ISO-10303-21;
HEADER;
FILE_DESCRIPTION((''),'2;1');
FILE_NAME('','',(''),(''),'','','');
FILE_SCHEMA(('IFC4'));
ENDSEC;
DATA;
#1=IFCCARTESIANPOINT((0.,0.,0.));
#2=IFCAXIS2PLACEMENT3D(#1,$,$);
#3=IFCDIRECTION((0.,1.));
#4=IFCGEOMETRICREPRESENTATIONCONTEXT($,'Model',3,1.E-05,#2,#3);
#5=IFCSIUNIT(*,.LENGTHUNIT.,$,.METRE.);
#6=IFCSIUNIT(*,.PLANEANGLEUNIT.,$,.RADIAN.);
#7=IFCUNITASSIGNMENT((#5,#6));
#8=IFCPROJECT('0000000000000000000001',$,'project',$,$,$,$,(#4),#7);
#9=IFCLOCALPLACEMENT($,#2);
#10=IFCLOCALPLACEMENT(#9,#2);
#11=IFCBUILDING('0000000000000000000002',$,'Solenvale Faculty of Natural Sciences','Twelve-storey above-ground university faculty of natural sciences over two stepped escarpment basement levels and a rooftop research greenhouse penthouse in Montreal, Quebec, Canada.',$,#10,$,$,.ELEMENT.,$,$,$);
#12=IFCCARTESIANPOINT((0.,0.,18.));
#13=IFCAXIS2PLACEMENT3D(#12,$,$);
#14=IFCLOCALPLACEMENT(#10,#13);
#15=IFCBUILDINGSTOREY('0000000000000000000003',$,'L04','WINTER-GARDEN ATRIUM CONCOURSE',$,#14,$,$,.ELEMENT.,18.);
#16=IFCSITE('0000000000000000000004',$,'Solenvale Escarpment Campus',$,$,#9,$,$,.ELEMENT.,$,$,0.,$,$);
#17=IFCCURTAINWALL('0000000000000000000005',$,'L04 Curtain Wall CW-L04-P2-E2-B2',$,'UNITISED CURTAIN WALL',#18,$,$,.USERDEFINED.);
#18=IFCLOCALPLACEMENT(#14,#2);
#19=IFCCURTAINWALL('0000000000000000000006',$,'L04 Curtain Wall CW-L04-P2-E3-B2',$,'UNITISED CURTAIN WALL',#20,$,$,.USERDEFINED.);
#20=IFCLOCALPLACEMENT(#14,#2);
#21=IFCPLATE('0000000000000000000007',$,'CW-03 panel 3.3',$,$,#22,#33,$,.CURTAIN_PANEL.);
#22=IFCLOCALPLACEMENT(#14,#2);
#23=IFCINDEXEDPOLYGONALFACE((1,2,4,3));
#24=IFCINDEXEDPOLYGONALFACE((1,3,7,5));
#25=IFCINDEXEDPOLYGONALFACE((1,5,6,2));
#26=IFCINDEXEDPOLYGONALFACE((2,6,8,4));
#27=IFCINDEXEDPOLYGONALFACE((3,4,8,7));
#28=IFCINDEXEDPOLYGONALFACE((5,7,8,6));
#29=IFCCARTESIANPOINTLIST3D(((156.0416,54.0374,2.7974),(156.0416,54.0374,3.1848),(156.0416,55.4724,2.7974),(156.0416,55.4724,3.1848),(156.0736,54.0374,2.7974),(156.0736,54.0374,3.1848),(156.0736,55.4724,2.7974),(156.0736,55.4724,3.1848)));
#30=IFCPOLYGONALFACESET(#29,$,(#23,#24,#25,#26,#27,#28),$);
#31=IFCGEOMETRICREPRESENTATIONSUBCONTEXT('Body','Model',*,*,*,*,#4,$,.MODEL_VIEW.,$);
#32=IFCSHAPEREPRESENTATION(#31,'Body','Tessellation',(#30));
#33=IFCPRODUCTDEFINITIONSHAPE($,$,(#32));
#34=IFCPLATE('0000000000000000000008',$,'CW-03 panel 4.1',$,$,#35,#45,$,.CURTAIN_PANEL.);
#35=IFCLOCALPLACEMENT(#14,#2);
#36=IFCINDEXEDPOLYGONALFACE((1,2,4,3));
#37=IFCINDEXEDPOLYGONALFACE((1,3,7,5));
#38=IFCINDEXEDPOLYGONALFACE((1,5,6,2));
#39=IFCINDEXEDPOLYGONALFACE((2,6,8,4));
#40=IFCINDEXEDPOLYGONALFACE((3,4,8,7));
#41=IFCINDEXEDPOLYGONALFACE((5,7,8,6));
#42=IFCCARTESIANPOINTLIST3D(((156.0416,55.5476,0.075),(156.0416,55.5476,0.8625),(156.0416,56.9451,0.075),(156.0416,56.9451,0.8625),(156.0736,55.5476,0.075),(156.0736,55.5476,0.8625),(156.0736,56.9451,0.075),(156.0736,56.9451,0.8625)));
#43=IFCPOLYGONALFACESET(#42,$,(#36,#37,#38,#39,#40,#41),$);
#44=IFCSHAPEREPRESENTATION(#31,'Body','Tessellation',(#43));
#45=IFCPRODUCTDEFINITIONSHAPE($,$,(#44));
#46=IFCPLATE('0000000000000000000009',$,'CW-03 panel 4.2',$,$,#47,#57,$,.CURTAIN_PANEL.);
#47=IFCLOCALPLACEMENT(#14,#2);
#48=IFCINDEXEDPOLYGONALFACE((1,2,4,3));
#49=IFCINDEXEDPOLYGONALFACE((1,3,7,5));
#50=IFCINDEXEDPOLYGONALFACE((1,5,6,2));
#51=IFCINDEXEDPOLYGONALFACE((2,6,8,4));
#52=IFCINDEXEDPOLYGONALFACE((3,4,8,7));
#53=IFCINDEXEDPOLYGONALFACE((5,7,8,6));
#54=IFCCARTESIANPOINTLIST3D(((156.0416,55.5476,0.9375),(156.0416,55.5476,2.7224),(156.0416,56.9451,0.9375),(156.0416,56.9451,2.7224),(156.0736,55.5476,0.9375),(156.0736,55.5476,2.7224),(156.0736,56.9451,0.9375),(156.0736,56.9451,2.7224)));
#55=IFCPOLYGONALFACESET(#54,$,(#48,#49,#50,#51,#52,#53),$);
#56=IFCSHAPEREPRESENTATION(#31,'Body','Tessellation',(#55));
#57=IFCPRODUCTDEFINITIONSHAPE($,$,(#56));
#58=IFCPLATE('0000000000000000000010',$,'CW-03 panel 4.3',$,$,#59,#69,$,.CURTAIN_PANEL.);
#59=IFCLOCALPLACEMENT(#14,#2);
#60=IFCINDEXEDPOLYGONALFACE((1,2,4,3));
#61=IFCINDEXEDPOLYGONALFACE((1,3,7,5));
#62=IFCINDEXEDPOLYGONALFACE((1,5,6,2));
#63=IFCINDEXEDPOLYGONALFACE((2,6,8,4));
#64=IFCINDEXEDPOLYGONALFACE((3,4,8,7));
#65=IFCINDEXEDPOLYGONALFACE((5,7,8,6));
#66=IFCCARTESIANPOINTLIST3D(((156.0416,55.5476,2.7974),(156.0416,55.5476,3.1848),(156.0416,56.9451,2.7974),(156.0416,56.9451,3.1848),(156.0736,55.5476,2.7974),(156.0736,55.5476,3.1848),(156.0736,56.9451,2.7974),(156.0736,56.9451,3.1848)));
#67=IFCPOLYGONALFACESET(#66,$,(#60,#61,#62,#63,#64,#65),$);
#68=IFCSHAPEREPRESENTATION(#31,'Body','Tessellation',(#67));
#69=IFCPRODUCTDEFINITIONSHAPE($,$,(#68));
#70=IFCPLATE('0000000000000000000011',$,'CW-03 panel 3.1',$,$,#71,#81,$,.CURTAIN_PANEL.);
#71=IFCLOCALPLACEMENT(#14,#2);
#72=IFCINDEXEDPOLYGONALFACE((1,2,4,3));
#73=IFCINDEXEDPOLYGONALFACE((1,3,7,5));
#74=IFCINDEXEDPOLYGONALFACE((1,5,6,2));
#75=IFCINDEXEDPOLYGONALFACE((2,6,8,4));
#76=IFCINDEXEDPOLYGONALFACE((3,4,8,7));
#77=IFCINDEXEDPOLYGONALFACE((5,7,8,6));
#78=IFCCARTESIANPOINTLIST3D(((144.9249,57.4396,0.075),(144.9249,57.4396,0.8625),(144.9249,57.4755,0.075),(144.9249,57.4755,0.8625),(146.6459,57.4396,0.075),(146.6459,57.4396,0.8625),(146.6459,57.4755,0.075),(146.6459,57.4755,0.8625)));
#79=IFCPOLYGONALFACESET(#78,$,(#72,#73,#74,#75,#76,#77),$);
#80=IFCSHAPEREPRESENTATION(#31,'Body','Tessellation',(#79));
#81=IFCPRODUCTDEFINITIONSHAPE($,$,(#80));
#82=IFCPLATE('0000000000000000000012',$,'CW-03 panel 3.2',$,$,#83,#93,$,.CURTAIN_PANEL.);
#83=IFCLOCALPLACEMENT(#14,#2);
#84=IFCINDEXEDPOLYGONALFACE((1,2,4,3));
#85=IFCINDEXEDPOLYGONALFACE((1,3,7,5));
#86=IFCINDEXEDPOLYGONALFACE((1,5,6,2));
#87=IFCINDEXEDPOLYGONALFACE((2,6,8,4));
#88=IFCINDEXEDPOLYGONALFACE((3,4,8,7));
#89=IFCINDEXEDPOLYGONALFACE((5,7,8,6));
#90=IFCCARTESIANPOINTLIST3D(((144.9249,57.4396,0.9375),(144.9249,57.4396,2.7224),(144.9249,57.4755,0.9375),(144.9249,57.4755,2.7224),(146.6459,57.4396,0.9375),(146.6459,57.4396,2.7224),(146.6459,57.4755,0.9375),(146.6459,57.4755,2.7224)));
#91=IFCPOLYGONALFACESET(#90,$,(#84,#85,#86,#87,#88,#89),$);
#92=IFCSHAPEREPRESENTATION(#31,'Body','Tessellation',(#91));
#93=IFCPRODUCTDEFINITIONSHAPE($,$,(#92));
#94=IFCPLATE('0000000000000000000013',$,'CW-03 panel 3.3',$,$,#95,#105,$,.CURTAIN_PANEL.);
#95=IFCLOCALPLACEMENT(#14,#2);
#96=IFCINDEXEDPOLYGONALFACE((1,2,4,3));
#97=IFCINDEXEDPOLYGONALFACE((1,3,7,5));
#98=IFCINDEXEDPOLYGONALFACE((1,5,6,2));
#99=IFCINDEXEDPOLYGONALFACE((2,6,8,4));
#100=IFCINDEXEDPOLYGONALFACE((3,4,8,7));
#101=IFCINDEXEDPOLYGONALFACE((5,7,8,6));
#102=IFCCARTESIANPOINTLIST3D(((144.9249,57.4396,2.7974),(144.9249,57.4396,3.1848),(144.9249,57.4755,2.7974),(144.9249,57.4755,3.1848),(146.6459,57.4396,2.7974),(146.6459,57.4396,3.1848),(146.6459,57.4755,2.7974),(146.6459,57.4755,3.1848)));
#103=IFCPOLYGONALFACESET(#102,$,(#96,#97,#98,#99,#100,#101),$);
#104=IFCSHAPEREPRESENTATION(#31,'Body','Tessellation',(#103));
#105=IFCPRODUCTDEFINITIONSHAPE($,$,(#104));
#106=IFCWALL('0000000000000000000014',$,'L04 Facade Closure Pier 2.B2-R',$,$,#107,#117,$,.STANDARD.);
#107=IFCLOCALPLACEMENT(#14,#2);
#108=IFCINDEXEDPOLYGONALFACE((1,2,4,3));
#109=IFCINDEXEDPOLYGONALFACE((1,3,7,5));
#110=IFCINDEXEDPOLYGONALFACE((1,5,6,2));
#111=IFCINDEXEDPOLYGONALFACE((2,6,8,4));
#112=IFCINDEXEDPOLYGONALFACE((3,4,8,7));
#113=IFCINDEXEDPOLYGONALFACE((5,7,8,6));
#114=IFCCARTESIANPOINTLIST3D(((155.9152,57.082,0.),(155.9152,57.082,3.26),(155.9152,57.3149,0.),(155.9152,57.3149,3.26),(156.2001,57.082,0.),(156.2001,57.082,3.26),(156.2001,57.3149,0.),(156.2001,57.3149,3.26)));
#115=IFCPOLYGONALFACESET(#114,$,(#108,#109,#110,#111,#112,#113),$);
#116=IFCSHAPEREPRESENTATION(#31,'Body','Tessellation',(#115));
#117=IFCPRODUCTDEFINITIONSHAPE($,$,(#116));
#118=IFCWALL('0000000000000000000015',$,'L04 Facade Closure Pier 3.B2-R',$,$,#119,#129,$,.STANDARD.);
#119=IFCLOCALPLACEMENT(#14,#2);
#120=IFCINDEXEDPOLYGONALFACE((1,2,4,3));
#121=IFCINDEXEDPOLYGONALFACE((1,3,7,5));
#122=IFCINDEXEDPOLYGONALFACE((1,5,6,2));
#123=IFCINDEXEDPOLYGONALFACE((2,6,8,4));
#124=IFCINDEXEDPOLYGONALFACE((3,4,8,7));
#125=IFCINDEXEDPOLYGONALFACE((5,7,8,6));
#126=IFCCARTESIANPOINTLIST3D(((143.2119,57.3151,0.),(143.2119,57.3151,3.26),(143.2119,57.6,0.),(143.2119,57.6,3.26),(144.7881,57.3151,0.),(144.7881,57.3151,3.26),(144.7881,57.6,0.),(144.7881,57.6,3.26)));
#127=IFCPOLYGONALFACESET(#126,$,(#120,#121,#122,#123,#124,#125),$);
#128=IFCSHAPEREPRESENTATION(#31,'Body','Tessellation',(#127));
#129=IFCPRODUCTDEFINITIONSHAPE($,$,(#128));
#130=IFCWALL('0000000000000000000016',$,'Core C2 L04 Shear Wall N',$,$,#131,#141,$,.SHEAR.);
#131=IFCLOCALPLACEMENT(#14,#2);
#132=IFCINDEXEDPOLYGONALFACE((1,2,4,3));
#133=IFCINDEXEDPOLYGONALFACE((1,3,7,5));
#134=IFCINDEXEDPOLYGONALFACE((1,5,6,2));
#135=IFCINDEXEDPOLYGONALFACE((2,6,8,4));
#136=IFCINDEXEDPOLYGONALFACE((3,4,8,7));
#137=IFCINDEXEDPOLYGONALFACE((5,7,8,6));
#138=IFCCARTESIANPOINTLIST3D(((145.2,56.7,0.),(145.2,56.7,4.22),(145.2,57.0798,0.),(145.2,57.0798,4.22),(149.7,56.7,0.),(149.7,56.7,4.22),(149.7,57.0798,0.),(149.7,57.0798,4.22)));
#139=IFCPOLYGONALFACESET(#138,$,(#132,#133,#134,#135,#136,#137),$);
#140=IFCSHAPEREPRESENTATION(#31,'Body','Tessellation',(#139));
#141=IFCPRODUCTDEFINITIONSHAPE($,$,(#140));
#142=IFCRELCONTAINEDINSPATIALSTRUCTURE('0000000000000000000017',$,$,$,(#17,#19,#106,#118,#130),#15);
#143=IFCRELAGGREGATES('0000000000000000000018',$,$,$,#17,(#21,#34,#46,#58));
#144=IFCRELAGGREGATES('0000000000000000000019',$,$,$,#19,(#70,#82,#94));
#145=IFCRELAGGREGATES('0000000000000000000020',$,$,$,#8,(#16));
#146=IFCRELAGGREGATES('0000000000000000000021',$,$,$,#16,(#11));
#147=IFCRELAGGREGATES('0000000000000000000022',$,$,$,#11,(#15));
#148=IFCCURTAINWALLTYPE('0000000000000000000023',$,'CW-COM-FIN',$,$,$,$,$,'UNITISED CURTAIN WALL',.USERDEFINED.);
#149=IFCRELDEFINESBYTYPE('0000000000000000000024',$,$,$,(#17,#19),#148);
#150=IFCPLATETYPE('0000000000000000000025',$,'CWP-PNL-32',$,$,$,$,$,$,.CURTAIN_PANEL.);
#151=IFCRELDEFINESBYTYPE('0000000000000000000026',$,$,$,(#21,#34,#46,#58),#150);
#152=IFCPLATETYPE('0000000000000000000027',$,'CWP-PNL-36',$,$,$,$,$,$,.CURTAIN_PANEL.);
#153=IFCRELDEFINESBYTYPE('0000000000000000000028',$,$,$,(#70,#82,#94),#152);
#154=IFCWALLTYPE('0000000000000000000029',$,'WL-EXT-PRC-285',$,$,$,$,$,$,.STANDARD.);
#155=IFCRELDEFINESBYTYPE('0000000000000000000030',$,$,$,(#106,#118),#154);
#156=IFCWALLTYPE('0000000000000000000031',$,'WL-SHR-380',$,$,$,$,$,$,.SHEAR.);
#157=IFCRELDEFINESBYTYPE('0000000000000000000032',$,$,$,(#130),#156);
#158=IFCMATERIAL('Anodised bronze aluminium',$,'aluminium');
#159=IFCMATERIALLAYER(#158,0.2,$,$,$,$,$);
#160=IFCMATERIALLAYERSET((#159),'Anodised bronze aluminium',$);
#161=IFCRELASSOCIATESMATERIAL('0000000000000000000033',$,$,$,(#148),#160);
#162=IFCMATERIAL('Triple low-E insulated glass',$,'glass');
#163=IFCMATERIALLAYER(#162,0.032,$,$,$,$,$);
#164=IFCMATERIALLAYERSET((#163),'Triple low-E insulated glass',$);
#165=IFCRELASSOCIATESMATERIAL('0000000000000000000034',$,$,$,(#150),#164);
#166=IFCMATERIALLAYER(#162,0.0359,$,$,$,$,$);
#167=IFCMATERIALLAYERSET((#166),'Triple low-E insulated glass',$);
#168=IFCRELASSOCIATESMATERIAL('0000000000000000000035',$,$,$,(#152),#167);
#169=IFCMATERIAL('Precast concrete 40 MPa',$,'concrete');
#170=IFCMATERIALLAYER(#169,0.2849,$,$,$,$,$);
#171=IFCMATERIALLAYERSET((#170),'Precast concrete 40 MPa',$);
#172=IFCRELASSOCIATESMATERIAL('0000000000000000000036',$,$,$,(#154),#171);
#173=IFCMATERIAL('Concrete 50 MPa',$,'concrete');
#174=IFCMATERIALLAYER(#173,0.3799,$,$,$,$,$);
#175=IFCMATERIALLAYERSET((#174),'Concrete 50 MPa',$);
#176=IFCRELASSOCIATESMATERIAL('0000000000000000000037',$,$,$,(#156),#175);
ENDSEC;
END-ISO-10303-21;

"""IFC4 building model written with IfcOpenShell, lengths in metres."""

from ifc_helpers import new_model, si_unit, direction, frame, frame_2d, origin, origin_2d, place, context, subcontext, project, spatial, rectangle, extrude, material, layer, layer_set, type_object, element, aggregate, save


model = new_model("IFC4")

# Units and contexts
model_context = context("Model", 3, precision=1e-05, world=origin(), true_north=direction((0.0, 1.0)))
body_context = subcontext(model_context, "Body", "Model", "MODEL_VIEW")
ifc_project = project(units=[si_unit("LENGTHUNIT", "METRE"), si_unit("PLANEANGLEUNIT", "RADIAN")], contexts=[model_context])

# Site, building, storey
site_placement = place(None, origin())
site = spatial("IfcSite", under=ifc_project, at=site_placement, Name="Solenvale Escarpment Campus", CompositionType="ELEMENT", RefElevation=0.0)
building_placement = place(site_placement, origin())
building = spatial("IfcBuilding", under=site, at=building_placement, Name="Solenvale Faculty of Natural Sciences", Description="Twelve-storey above-ground university faculty of natural sciences over two stepped escarpment basement levels and a rooftop research greenhouse penthouse in Montreal, Quebec, Canada.", CompositionType="ELEMENT")
storey_placement = place(building_placement, frame((0.0, 0.0, 18.0)))
storey = spatial("IfcBuildingStorey", under=building, at=storey_placement, Name="L04", Description="WINTER-GARDEN ATRIUM CONCOURSE", CompositionType="ELEMENT", Elevation=18.0)

# Curtain wall
ifc_material_1 = material(Name="Anodised bronze aluminium", Category="aluminium")
ifc_layer_1 = layer(ifc_material_1, 0.2)
ifc_layer_set_1 = layer_set([ifc_layer_1], Name="Anodised bronze aluminium")
curtain_wall_type = type_object("IfcCurtainWallType", Name="CW-COM-FIN", ElementType="UNITISED CURTAIN WALL", PredefinedType="USERDEFINED", material=ifc_layer_set_1)
curtain_wall_1_placement = place(storey_placement, origin())
curtain_wall_1 = element("IfcCurtainWall", 1, at=curtain_wall_1_placement, inside=storey, type_object=curtain_wall_type, Name="L04 Curtain Wall CW-L04-P2-E2-B2", ObjectType="UNITISED CURTAIN WALL", PredefinedType="USERDEFINED")

# Curtain wall
curtain_wall_2_placement = place(storey_placement, origin())
curtain_wall_2 = element("IfcCurtainWall", 2, at=curtain_wall_2_placement, inside=storey, type_object=curtain_wall_type, Name="L04 Curtain Wall CW-L04-P2-E3-B2", ObjectType="UNITISED CURTAIN WALL", PredefinedType="USERDEFINED")

# Plates
ifc_material_2 = material(Name="Triple low-E insulated glass", Category="glass")
ifc_layer_2 = layer(ifc_material_2, 0.032)
ifc_layer_set_2 = layer_set([ifc_layer_2], Name="Triple low-E insulated glass")
plate_type_1 = type_object("IfcPlateType", Name="CWP-PNL-32", PredefinedType="CURTAIN_PANEL", material=ifc_layer_set_2)
plate_1_placement = place(storey_placement, frame((156.0576, 54.7549, 2.7974), z_axis=(0.0, 0.0, 1.0), x_axis=(0.0, 1.0, 0.0)))
plate_1 = element("IfcPlate", 3, at=plate_1_placement, type_object=plate_type_1, Name="CW-03 panel 3.3", PredefinedType="CURTAIN_PANEL", context=body_context, shape_type="SweptSolid", body=[
    extrude(rectangle(XDim=1.4351, YDim=0.032, at=origin_2d()), origin(), (0.0, 0.0, 1.0), 0.3875),
])
plate_2_placement = place(storey_placement, frame((156.0576, 56.2463, 0.075), z_axis=(0.0, 0.0, 1.0), x_axis=(0.0, 1.0, 0.0)))
plate_2 = element("IfcPlate", 4, at=plate_2_placement, type_object=plate_type_1, Name="CW-03 panel 4.1", PredefinedType="CURTAIN_PANEL", context=body_context, shape_type="SweptSolid", body=[
    extrude(rectangle(XDim=1.3975, YDim=0.032, at=origin_2d()), origin(), (0.0, 0.0, 1.0), 0.7876),
])
plate_3_placement = place(storey_placement, frame((156.0576, 56.2463, 0.9375), z_axis=(0.0, 0.0, 1.0), x_axis=(0.0, 1.0, 0.0)))
plate_3 = element("IfcPlate", 5, at=plate_3_placement, type_object=plate_type_1, Name="CW-03 panel 4.2", PredefinedType="CURTAIN_PANEL", context=body_context, shape_type="SweptSolid", body=[
    extrude(rectangle(XDim=1.3975, YDim=0.032, at=origin_2d()), origin(), (0.0, 0.0, 1.0), 1.7849),
])
plate_4_placement = place(storey_placement, frame((156.0576, 56.2463, 2.7974), z_axis=(0.0, 0.0, 1.0), x_axis=(0.0, 1.0, 0.0)))
plate_4 = element("IfcPlate", 6, at=plate_4_placement, type_object=plate_type_1, Name="CW-03 panel 4.3", PredefinedType="CURTAIN_PANEL", context=body_context, shape_type="SweptSolid", body=[
    extrude(rectangle(XDim=1.3975, YDim=0.032, at=origin_2d()), origin(), (0.0, 0.0, 1.0), 0.3875),
])
aggregate(curtain_wall_1, [plate_1, plate_2, plate_3, plate_4])
ifc_layer_3 = layer(ifc_material_2, 0.0359)
ifc_layer_set_3 = layer_set([ifc_layer_3], Name="Triple low-E insulated glass")
plate_type_2 = type_object("IfcPlateType", Name="CWP-PNL-36", PredefinedType="CURTAIN_PANEL", material=ifc_layer_set_3)
plate_5_placement = place(storey_placement, frame((145.7854, 57.4575, 0.075), z_axis=(0.0, 0.0, 1.0), x_axis=(-1.0, 0.0, 0.0)))
plate_5 = element("IfcPlate", 7, at=plate_5_placement, type_object=plate_type_2, Name="CW-03 panel 3.1", PredefinedType="CURTAIN_PANEL", context=body_context, shape_type="SweptSolid", body=[
    extrude(rectangle(XDim=1.7209, YDim=0.0359, at=origin_2d()), origin(), (0.0, 0.0, 1.0), 0.7876),
])
plate_6_placement = place(storey_placement, frame((145.7854, 57.4575, 0.9375), z_axis=(0.0, 0.0, 1.0), x_axis=(-1.0, 0.0, 0.0)))
plate_6 = element("IfcPlate", 8, at=plate_6_placement, type_object=plate_type_2, Name="CW-03 panel 3.2", PredefinedType="CURTAIN_PANEL", context=body_context, shape_type="SweptSolid", body=[
    extrude(rectangle(XDim=1.7209, YDim=0.0359, at=origin_2d()), origin(), (0.0, 0.0, 1.0), 1.7849),
])
plate_7_placement = place(storey_placement, frame((145.7854, 57.4575, 2.7974), z_axis=(0.0, 0.0, 1.0), x_axis=(-1.0, 0.0, 0.0)))
plate_7 = element("IfcPlate", 9, at=plate_7_placement, type_object=plate_type_2, Name="CW-03 panel 3.3", PredefinedType="CURTAIN_PANEL", context=body_context, shape_type="SweptSolid", body=[
    extrude(rectangle(XDim=1.7209, YDim=0.0359, at=origin_2d()), origin(), (0.0, 0.0, 1.0), 0.3875),
])
aggregate(curtain_wall_2, [plate_5, plate_6, plate_7])

# Walls
ifc_material_3 = material(Name="Precast concrete 40 MPa", Category="concrete")
ifc_layer_4 = layer(ifc_material_3, 0.2849)
ifc_layer_set_4 = layer_set([ifc_layer_4], Name="Precast concrete 40 MPa")
wall_type_1 = type_object("IfcWallType", Name="WL-EXT-PRC-285", PredefinedType="STANDARD", material=ifc_layer_set_4)
wall_1_placement = place(storey_placement, frame((156.0576, 57.082, 0.0), z_axis=(0.0, 0.0, 1.0), x_axis=(0.0, 1.0, 0.0)))
element("IfcWall", 10, at=wall_1_placement, inside=storey, type_object=wall_type_1, Name="L04 Facade Closure Pier 2.B2-R", PredefinedType="STANDARD", context=body_context, shape_type="SweptSolid", body=[
    extrude(rectangle(XDim=0.2329, YDim=0.2849, at=frame_2d((0.1165, 0.0))), origin(), (0.0, 0.0, 1.0), 3.26),
])
wall_2_placement = place(storey_placement, frame((144.7881, 57.4575, 0.0), z_axis=(0.0, 0.0, 1.0), x_axis=(-1.0, 0.0, 0.0)))
element("IfcWall", 11, at=wall_2_placement, inside=storey, type_object=wall_type_1, Name="L04 Facade Closure Pier 3.B2-R", PredefinedType="STANDARD", context=body_context, shape_type="SweptSolid", body=[
    extrude(rectangle(XDim=1.5762, YDim=0.2849, at=frame_2d((0.7881, 0.0))), origin(), (0.0, 0.0, 1.0), 3.26),
])
ifc_material_4 = material(Name="Concrete 50 MPa", Category="concrete")
ifc_layer_5 = layer(ifc_material_4, 0.3799)
ifc_layer_set_5 = layer_set([ifc_layer_5], Name="Concrete 50 MPa")
wall_type_2 = type_object("IfcWallType", Name="WL-SHR-380", PredefinedType="SHEAR", material=ifc_layer_set_5)
wall_3_placement = place(storey_placement, frame((145.2, 56.8899, 0.0), z_axis=(0.0, 0.0, 1.0), x_axis=(1.0, 0.0, 0.0)))
element("IfcWall", 12, at=wall_3_placement, inside=storey, type_object=wall_type_2, Name="Core C2 L04 Shear Wall N", PredefinedType="SHEAR", context=body_context, shape_type="SweptSolid", body=[
    extrude(rectangle(XDim=4.5, YDim=0.3799, at=frame_2d((2.25, 0.0))), origin(), (0.0, 0.0, 1.0), 4.22),
])

save(model, "model.ifc")
